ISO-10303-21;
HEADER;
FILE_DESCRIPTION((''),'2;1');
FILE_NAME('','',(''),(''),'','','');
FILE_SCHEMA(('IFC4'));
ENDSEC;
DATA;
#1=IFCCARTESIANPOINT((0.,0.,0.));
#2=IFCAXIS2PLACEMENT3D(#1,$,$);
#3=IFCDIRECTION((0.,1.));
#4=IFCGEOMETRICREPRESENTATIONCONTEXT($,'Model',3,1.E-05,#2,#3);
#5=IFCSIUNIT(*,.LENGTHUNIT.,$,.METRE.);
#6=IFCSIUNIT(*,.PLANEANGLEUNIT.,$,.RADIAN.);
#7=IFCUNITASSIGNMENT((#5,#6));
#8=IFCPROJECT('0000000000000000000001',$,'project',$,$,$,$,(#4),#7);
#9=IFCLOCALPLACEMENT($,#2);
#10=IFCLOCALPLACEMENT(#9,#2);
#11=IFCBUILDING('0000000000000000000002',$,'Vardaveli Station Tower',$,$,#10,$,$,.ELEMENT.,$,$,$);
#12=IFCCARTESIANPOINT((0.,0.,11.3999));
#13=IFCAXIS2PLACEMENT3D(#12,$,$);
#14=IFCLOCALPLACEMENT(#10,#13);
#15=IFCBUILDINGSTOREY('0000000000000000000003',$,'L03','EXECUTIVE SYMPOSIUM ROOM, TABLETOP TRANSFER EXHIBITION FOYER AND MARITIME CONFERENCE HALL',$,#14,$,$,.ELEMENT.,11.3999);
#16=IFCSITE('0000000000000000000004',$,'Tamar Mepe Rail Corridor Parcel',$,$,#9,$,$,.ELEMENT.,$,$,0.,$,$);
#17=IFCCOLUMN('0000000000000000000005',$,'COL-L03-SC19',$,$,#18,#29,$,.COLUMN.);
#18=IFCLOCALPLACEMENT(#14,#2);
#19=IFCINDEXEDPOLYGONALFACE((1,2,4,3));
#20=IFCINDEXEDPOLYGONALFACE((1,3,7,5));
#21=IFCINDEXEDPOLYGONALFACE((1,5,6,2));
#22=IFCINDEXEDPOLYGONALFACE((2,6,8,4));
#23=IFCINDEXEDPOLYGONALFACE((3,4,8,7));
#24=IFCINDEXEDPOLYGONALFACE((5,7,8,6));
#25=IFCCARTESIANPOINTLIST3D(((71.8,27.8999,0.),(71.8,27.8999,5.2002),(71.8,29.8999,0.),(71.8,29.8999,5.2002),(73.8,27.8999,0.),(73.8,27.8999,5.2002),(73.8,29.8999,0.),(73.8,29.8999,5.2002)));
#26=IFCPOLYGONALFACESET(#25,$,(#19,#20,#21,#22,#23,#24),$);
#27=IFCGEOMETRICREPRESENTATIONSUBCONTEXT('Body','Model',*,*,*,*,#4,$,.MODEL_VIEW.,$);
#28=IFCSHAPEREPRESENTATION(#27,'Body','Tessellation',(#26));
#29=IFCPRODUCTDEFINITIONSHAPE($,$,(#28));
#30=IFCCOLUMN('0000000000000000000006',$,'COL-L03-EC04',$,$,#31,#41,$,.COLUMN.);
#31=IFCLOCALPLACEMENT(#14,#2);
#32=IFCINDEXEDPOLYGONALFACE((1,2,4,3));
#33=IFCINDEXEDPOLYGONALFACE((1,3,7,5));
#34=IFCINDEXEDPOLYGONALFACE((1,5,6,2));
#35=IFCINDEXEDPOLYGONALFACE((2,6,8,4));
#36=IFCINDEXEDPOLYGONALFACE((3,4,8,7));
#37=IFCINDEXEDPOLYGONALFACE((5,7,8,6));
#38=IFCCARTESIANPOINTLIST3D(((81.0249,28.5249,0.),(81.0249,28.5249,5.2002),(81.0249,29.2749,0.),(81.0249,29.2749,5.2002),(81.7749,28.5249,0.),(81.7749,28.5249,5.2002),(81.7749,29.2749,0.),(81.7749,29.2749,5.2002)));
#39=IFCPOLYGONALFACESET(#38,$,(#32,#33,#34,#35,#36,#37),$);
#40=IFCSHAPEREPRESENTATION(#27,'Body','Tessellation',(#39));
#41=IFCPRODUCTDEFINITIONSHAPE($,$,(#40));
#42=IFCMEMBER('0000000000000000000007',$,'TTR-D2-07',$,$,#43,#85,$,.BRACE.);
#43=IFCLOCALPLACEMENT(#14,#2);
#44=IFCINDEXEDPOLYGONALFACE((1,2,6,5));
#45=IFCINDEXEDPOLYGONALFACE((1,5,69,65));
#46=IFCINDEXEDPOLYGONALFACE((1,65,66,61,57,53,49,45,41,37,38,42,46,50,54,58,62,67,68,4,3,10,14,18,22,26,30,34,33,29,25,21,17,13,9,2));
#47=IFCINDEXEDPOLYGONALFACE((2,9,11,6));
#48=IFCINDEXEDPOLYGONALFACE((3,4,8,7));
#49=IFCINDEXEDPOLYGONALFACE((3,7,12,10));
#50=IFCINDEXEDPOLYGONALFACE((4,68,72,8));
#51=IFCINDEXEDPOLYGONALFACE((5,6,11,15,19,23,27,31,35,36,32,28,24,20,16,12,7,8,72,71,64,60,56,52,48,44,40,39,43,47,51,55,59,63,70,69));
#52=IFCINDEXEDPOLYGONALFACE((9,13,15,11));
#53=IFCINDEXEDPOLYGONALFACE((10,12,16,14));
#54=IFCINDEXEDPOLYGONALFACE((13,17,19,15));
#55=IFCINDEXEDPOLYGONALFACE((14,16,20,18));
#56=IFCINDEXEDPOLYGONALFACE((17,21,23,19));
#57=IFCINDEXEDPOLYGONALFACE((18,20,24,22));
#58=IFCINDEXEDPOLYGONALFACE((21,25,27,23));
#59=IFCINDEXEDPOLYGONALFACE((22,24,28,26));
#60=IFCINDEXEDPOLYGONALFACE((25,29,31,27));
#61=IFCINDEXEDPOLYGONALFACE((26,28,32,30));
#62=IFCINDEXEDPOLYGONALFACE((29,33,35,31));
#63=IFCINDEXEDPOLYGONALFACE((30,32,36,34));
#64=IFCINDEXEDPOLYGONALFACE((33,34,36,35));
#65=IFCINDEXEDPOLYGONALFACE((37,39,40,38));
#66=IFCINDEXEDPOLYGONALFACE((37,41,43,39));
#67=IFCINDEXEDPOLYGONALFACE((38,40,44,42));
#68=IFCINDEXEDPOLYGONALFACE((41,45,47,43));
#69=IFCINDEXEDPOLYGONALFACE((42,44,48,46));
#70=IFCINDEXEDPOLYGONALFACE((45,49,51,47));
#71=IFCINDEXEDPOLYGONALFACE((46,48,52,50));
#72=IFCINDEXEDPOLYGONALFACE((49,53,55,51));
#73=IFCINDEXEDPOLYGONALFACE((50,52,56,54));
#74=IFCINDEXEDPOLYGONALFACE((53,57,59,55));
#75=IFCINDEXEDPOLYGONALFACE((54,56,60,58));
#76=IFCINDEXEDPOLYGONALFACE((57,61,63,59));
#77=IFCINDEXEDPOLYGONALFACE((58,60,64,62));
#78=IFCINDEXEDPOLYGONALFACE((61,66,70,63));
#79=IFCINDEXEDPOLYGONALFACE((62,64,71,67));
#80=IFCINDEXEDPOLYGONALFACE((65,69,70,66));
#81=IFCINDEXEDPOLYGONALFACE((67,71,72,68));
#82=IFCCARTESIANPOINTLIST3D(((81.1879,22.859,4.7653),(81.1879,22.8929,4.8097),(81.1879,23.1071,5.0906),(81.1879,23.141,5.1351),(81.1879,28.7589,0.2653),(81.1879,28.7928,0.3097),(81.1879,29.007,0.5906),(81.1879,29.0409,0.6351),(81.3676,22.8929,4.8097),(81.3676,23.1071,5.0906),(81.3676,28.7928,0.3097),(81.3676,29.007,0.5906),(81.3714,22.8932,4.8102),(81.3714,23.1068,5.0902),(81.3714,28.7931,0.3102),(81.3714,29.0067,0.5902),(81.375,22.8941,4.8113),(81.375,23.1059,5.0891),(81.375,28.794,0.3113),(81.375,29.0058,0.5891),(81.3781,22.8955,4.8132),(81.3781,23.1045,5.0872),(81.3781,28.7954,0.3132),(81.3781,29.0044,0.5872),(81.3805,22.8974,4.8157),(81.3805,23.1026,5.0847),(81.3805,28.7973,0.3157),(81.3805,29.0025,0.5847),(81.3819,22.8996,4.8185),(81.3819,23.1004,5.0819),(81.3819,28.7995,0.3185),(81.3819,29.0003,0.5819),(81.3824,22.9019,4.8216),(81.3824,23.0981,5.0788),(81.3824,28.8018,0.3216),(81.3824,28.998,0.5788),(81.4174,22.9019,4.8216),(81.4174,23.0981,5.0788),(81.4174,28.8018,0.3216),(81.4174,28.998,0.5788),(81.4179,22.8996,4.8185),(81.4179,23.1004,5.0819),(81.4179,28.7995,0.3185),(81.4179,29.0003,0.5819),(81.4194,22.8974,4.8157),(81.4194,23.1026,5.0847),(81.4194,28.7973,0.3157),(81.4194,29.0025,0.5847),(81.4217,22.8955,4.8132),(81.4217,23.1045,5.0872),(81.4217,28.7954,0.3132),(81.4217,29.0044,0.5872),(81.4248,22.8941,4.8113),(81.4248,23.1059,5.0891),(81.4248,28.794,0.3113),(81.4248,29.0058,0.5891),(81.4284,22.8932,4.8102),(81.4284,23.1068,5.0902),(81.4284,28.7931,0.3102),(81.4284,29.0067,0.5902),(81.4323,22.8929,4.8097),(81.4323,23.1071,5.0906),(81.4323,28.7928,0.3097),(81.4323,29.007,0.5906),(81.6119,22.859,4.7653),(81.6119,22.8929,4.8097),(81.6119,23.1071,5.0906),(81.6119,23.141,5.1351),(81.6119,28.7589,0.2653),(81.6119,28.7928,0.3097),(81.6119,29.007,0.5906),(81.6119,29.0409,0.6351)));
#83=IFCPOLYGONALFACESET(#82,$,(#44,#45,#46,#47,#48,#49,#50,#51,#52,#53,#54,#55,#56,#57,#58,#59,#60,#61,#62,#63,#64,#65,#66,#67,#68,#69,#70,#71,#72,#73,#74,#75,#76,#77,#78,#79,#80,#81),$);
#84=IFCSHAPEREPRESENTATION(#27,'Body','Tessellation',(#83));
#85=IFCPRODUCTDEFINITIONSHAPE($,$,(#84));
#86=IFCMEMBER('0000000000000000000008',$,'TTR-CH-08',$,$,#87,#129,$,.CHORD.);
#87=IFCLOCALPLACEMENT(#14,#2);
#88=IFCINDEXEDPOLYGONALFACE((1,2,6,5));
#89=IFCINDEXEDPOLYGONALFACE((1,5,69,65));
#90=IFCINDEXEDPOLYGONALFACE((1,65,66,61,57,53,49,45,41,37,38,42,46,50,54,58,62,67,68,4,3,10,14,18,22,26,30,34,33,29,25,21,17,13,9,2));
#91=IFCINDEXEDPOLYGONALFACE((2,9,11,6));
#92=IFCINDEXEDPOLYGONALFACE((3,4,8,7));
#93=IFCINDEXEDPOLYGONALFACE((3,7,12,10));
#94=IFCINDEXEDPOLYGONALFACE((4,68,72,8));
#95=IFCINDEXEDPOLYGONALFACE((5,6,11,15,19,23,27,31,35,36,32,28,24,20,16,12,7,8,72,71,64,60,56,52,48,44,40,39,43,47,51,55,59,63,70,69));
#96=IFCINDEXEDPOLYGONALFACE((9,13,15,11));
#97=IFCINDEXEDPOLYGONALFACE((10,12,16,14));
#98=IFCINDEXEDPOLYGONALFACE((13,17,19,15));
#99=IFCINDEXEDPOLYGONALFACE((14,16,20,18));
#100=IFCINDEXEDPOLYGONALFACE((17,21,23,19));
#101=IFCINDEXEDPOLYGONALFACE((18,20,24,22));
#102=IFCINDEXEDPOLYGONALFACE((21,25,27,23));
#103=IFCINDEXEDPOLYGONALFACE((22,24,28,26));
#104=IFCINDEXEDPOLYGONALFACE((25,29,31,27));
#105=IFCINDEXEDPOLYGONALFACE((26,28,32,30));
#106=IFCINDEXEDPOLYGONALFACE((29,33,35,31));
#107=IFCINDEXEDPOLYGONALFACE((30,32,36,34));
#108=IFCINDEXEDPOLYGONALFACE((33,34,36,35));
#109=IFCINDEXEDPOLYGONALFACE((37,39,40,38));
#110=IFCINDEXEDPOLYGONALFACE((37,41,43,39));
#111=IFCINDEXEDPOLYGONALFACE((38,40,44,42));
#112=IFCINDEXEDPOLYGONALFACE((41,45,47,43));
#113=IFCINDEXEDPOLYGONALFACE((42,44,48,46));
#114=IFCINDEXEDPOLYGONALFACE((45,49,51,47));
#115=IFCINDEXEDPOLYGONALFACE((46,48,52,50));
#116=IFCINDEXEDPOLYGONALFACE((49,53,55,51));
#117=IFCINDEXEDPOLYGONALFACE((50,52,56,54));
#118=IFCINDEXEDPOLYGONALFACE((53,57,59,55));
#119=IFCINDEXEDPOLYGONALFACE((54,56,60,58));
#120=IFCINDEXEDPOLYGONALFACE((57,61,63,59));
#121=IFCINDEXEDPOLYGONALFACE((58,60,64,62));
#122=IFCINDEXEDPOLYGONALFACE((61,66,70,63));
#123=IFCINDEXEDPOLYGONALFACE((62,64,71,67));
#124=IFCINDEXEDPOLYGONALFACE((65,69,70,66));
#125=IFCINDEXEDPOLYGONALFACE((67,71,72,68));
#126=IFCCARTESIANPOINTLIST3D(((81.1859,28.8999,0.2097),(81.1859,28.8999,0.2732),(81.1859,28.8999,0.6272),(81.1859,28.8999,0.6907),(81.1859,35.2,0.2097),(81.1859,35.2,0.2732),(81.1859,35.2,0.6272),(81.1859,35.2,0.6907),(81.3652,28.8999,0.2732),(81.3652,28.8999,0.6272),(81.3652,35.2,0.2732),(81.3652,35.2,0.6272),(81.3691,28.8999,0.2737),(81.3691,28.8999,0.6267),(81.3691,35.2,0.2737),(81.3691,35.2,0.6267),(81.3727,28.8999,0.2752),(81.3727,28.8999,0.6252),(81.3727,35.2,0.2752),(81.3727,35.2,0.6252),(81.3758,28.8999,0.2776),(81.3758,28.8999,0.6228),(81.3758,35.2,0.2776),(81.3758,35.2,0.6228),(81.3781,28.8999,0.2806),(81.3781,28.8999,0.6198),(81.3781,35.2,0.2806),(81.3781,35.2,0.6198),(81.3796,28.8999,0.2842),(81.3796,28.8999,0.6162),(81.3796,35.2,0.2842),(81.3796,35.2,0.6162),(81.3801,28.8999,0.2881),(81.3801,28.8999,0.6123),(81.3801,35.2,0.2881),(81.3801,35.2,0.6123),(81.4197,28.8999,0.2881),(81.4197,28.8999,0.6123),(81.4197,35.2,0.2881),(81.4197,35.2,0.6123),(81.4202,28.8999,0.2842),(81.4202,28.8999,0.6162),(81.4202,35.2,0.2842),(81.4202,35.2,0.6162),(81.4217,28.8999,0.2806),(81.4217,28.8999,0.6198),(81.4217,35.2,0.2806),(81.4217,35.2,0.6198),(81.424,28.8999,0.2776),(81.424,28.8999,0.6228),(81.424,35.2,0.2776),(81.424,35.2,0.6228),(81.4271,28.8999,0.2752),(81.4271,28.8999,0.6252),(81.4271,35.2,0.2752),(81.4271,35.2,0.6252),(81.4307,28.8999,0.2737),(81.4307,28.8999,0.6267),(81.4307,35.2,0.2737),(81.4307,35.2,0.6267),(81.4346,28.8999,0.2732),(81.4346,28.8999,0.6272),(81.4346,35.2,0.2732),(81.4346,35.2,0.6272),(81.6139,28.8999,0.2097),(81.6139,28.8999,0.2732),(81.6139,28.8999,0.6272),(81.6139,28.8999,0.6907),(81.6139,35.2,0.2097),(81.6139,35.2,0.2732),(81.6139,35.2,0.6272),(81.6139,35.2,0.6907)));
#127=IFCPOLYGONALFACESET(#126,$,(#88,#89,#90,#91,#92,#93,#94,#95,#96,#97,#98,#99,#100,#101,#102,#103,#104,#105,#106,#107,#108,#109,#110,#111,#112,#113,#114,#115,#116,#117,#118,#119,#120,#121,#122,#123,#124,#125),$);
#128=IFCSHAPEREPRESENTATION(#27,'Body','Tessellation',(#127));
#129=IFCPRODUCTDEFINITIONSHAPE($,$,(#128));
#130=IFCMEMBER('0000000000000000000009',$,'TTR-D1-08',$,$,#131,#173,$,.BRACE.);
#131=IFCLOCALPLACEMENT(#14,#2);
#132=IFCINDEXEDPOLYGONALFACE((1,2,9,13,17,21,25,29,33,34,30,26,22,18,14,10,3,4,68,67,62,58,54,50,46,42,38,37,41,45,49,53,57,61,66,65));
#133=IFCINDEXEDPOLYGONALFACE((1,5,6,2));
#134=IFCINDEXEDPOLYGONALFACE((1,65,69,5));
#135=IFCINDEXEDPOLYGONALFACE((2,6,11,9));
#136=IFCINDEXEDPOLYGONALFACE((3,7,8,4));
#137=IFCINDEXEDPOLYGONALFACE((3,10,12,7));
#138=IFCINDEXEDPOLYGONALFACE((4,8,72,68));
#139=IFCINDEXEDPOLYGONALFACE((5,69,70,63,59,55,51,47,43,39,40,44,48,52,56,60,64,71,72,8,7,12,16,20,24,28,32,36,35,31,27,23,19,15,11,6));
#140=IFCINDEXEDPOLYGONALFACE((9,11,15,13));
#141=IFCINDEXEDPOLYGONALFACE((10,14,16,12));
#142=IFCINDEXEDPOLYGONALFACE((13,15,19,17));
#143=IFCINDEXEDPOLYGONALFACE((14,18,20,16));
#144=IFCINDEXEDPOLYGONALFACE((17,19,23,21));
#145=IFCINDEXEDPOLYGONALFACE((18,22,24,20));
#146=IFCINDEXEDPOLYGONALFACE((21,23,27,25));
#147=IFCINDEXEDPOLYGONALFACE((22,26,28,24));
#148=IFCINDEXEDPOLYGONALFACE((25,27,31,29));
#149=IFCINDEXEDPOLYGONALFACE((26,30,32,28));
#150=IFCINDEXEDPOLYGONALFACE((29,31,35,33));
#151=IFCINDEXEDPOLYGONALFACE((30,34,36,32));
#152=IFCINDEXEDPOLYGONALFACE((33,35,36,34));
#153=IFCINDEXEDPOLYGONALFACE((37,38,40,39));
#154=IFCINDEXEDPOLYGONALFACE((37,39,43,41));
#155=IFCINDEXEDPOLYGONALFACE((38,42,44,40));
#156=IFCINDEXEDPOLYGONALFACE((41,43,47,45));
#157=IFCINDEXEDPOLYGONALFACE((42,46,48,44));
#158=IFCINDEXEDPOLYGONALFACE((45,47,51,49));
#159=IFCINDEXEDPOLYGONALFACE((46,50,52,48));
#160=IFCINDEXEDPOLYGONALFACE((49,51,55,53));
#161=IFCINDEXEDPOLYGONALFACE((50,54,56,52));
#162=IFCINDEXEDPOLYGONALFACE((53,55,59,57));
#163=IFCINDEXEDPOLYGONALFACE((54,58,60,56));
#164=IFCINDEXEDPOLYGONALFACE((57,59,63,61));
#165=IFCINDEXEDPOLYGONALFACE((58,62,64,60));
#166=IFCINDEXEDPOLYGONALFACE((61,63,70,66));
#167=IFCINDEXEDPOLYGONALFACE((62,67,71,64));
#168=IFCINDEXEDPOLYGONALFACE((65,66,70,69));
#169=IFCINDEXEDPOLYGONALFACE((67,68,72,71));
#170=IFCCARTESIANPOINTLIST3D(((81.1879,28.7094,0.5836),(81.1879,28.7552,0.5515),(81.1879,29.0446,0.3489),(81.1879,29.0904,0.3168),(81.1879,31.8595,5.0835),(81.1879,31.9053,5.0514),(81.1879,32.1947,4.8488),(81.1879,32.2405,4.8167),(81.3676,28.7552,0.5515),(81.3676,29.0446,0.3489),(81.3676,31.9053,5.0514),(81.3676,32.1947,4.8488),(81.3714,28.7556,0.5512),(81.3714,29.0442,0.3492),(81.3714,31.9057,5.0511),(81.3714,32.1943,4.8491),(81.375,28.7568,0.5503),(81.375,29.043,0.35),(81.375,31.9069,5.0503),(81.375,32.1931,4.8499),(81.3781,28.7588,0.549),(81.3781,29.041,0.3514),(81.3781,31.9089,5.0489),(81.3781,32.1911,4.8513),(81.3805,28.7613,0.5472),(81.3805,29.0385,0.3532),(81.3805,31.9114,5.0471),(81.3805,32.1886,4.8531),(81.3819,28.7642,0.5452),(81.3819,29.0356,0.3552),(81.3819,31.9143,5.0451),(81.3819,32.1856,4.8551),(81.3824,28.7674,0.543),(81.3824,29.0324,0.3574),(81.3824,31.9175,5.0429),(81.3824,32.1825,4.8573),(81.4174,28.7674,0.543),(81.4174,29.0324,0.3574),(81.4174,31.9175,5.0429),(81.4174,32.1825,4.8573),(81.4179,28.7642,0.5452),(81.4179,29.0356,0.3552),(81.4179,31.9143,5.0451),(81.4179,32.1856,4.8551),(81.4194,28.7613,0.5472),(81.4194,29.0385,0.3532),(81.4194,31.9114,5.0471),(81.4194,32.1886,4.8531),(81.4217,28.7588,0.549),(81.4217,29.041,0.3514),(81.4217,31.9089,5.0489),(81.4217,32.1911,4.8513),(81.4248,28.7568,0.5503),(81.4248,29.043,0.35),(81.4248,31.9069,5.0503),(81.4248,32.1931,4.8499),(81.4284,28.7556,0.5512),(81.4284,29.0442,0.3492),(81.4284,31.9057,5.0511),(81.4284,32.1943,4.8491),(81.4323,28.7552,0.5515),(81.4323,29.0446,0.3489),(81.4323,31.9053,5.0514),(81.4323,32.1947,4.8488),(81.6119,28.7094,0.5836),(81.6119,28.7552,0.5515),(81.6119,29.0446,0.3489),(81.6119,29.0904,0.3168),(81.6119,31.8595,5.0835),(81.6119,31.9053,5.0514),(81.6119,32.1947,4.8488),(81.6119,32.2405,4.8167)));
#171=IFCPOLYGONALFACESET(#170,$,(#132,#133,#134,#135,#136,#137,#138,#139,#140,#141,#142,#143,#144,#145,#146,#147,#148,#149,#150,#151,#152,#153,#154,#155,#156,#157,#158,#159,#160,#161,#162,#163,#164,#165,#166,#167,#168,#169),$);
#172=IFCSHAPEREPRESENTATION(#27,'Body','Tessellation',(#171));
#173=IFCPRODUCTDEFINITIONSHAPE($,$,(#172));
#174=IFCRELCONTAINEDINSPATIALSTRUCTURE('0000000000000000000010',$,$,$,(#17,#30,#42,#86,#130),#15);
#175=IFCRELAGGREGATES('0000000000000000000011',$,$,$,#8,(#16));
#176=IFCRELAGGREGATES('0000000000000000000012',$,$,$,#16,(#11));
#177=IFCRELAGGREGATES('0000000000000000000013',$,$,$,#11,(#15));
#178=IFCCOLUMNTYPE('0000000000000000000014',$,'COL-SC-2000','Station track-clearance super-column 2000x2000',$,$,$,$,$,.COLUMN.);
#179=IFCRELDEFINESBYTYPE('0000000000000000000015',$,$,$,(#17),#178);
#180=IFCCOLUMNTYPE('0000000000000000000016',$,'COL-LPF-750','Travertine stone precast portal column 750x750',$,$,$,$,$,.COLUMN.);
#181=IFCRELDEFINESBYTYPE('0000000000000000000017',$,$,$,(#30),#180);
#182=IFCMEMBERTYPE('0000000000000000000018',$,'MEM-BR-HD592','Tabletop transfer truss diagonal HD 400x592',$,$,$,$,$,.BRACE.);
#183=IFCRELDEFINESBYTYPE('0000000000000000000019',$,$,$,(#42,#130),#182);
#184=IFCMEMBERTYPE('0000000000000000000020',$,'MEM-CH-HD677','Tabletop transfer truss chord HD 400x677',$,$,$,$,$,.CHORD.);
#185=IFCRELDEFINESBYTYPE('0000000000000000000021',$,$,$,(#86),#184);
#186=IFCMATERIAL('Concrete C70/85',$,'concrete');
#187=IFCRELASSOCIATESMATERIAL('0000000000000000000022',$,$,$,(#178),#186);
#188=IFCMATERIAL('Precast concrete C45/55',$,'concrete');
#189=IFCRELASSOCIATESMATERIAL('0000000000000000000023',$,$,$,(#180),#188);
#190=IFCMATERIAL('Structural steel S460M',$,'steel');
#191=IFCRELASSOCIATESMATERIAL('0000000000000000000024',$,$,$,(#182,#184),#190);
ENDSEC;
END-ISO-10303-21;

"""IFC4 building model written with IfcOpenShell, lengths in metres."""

from ifc_helpers import new_model, si_unit, direction, frame, origin, origin_2d, place, context, subcontext, project, spatial, rectangle, i_section, extrude, source, transform, mapped, material, material_profile, profile_set, type_object, element, save


model = new_model("IFC4")

# Units and contexts
model_context = context("Model", 3, precision=1e-05, world=origin(), true_north=direction((0.0, 1.0)))
body_context = subcontext(model_context, "Body", "Model", "MODEL_VIEW")
ifc_project = project(units=[si_unit("LENGTHUNIT", "METRE"), si_unit("PLANEANGLEUNIT", "RADIAN")], contexts=[model_context])

# Site, building, storey
site_placement = place(None, origin())
site = spatial("IfcSite", under=ifc_project, at=site_placement, Name="Tamar Mepe Rail Corridor Parcel", CompositionType="ELEMENT", RefElevation=0.0)
building_placement = place(site_placement, origin())
building = spatial("IfcBuilding", under=site, at=building_placement, Name="Vardaveli Station Tower", CompositionType="ELEMENT")
storey_placement = place(building_placement, frame((0.0, 0.0, 11.3999)))
storey = spatial("IfcBuildingStorey", under=building, at=storey_placement, Name="L03", Description="EXECUTIVE SYMPOSIUM ROOM, TABLETOP TRANSFER EXHIBITION FOYER AND MARITIME CONFERENCE HALL", CompositionType="ELEMENT", Elevation=11.3999)

# Columns
ifc_material_1 = material(Name="Concrete C70/85", Category="concrete")
ifc_material_profile_1 = material_profile(ifc_material_1, rectangle(XDim=2.0, YDim=2.0, at=origin_2d()), Name="SC 2000x2000")
ifc_profile_set_1 = profile_set([ifc_material_profile_1], Name="Concrete C70/85")
column_type_1 = type_object("IfcColumnType", Name="COL-SC-2000", Description="Station track-clearance super-column 2000x2000", PredefinedType="COLUMN", material=ifc_profile_set_1)
shared_shape_1 = source(origin(), body_context, "Body", "SweptSolid", [
    extrude(rectangle(XDim=2.0, YDim=2.0, at=origin_2d()), origin(), (0.0, 0.0, 1.0), 5.2002),
])
column_1_placement = place(storey_placement, frame((72.8, 28.8999, 0.0), z_axis=(0.0, 0.0, 1.0), x_axis=(1.0, 0.0, 0.0)))
element("IfcColumn", 1, at=column_1_placement, inside=storey, type_object=column_type_1, Name="COL-L03-SC19", PredefinedType="COLUMN", context=body_context, shape_type="MappedRepresentation", body=[
    mapped(shared_shape_1, transform((0.0, 0.0, 0.0), scale=1.0)),
])
ifc_material_2 = material(Name="Precast concrete C45/55", Category="concrete")
ifc_material_profile_2 = material_profile(ifc_material_2, rectangle(XDim=0.75, YDim=0.75, at=origin_2d()), Name="LPF 750x750")
ifc_profile_set_2 = profile_set([ifc_material_profile_2], Name="Precast concrete C45/55")
column_type_2 = type_object("IfcColumnType", Name="COL-LPF-750", Description="Travertine stone precast portal column 750x750", PredefinedType="COLUMN", material=ifc_profile_set_2)
shared_shape_2 = source(origin(), body_context, "Body", "SweptSolid", [
    extrude(rectangle(XDim=0.75, YDim=0.75, at=origin_2d()), origin(), (0.0, 0.0, 1.0), 5.2002),
])
column_2_placement = place(storey_placement, frame((81.3999, 28.8999, 0.0), z_axis=(0.0, 0.0, 1.0), x_axis=(1.0, 0.0, 0.0)))
element("IfcColumn", 2, at=column_2_placement, inside=storey, type_object=column_type_2, Name="COL-L03-EC04", PredefinedType="COLUMN", context=body_context, shape_type="MappedRepresentation", body=[
    mapped(shared_shape_2, transform((0.0, 0.0, 0.0), scale=1.0)),
])

# Members
ifc_material_3 = material(Name="Structural steel S460M", Category="steel")
ifc_material_profile_3 = material_profile(ifc_material_3, i_section(OverallWidth=0.4241, OverallDepth=0.4651, WebThickness=0.0349, FlangeThickness=0.0559, FilletRadius=0.0149, at=origin_2d()), Name="HD 400x592")
ifc_profile_set_3 = profile_set([ifc_material_profile_3], Name="Structural steel S460M")
member_type_1 = type_object("IfcMemberType", Name="MEM-BR-HD592", Description="Tabletop transfer truss diagonal HD 400x592", PredefinedType="BRACE", material=ifc_profile_set_3)
shared_shape_3 = source(origin(), body_context, "Body", "SweptSolid", [
    extrude(i_section(OverallWidth=0.4241, OverallDepth=0.4651, WebThickness=0.0349, FlangeThickness=0.0559, FilletRadius=0.0149, at=origin_2d()), origin(), (0.0, 0.0, 1.0), 7.4202),
])
member_1_placement = place(storey_placement, frame((81.3999, 28.8999, 0.4502), z_axis=(0.0, -0.795117, 0.606456), x_axis=(1.0, 0.0, 0.0)))
element("IfcMember", 3, at=member_1_placement, inside=storey, type_object=member_type_1, Name="TTR-D2-07", PredefinedType="BRACE", context=body_context, shape_type="MappedRepresentation", body=[
    mapped(shared_shape_3, transform((0.0, 0.0, 0.0), scale=1.0)),
])
ifc_material_profile_4 = material_profile(ifc_material_3, i_section(OverallWidth=0.428, OverallDepth=0.481, WebThickness=0.0396, FlangeThickness=0.0635, FilletRadius=0.0149, at=origin_2d()), Name="HD 400x677")
ifc_profile_set_4 = profile_set([ifc_material_profile_4], Name="Structural steel S460M")
member_type_2 = type_object("IfcMemberType", Name="MEM-CH-HD677", Description="Tabletop transfer truss chord HD 400x677", PredefinedType="CHORD", material=ifc_profile_set_4)
shared_shape_4 = source(origin(), body_context, "Body", "SweptSolid", [
    extrude(i_section(OverallWidth=0.428, OverallDepth=0.481, WebThickness=0.0396, FlangeThickness=0.0635, FilletRadius=0.0149, at=origin_2d()), origin(), (0.0, 0.0, 1.0), 6.3),
])
member_2_placement = place(storey_placement, frame((81.3999, 28.8999, 0.4502), z_axis=(0.0, 1.0, 0.0), x_axis=(-1.0, 0.0, 0.0)))
element("IfcMember", 4, at=member_2_placement, inside=storey, type_object=member_type_2, Name="TTR-CH-08", PredefinedType="CHORD", context=body_context, shape_type="MappedRepresentation", body=[
    mapped(shared_shape_4, transform((0.0, 0.0, 0.0), scale=1.0)),
])
shared_shape_5 = source(origin(), body_context, "Body", "SweptSolid", [
    extrude(i_section(OverallWidth=0.4241, OverallDepth=0.4651, WebThickness=0.0349, FlangeThickness=0.0559, FilletRadius=0.0149, at=origin_2d()), origin(), (0.0, 0.0, 1.0), 5.4929),
])
member_3_placement = place(storey_placement, frame((81.3999, 28.8999, 0.4502), z_axis=(0.0, 0.57348, 0.819219), x_axis=(-1.0, 0.0, 0.0)))
element("IfcMember", 5, at=member_3_placement, inside=storey, type_object=member_type_1, Name="TTR-D1-08", PredefinedType="BRACE", context=body_context, shape_type="MappedRepresentation", body=[
    mapped(shared_shape_5, transform((0.0, 0.0, 0.0), scale=1.0)),
])

save(model, "model.ifc")
